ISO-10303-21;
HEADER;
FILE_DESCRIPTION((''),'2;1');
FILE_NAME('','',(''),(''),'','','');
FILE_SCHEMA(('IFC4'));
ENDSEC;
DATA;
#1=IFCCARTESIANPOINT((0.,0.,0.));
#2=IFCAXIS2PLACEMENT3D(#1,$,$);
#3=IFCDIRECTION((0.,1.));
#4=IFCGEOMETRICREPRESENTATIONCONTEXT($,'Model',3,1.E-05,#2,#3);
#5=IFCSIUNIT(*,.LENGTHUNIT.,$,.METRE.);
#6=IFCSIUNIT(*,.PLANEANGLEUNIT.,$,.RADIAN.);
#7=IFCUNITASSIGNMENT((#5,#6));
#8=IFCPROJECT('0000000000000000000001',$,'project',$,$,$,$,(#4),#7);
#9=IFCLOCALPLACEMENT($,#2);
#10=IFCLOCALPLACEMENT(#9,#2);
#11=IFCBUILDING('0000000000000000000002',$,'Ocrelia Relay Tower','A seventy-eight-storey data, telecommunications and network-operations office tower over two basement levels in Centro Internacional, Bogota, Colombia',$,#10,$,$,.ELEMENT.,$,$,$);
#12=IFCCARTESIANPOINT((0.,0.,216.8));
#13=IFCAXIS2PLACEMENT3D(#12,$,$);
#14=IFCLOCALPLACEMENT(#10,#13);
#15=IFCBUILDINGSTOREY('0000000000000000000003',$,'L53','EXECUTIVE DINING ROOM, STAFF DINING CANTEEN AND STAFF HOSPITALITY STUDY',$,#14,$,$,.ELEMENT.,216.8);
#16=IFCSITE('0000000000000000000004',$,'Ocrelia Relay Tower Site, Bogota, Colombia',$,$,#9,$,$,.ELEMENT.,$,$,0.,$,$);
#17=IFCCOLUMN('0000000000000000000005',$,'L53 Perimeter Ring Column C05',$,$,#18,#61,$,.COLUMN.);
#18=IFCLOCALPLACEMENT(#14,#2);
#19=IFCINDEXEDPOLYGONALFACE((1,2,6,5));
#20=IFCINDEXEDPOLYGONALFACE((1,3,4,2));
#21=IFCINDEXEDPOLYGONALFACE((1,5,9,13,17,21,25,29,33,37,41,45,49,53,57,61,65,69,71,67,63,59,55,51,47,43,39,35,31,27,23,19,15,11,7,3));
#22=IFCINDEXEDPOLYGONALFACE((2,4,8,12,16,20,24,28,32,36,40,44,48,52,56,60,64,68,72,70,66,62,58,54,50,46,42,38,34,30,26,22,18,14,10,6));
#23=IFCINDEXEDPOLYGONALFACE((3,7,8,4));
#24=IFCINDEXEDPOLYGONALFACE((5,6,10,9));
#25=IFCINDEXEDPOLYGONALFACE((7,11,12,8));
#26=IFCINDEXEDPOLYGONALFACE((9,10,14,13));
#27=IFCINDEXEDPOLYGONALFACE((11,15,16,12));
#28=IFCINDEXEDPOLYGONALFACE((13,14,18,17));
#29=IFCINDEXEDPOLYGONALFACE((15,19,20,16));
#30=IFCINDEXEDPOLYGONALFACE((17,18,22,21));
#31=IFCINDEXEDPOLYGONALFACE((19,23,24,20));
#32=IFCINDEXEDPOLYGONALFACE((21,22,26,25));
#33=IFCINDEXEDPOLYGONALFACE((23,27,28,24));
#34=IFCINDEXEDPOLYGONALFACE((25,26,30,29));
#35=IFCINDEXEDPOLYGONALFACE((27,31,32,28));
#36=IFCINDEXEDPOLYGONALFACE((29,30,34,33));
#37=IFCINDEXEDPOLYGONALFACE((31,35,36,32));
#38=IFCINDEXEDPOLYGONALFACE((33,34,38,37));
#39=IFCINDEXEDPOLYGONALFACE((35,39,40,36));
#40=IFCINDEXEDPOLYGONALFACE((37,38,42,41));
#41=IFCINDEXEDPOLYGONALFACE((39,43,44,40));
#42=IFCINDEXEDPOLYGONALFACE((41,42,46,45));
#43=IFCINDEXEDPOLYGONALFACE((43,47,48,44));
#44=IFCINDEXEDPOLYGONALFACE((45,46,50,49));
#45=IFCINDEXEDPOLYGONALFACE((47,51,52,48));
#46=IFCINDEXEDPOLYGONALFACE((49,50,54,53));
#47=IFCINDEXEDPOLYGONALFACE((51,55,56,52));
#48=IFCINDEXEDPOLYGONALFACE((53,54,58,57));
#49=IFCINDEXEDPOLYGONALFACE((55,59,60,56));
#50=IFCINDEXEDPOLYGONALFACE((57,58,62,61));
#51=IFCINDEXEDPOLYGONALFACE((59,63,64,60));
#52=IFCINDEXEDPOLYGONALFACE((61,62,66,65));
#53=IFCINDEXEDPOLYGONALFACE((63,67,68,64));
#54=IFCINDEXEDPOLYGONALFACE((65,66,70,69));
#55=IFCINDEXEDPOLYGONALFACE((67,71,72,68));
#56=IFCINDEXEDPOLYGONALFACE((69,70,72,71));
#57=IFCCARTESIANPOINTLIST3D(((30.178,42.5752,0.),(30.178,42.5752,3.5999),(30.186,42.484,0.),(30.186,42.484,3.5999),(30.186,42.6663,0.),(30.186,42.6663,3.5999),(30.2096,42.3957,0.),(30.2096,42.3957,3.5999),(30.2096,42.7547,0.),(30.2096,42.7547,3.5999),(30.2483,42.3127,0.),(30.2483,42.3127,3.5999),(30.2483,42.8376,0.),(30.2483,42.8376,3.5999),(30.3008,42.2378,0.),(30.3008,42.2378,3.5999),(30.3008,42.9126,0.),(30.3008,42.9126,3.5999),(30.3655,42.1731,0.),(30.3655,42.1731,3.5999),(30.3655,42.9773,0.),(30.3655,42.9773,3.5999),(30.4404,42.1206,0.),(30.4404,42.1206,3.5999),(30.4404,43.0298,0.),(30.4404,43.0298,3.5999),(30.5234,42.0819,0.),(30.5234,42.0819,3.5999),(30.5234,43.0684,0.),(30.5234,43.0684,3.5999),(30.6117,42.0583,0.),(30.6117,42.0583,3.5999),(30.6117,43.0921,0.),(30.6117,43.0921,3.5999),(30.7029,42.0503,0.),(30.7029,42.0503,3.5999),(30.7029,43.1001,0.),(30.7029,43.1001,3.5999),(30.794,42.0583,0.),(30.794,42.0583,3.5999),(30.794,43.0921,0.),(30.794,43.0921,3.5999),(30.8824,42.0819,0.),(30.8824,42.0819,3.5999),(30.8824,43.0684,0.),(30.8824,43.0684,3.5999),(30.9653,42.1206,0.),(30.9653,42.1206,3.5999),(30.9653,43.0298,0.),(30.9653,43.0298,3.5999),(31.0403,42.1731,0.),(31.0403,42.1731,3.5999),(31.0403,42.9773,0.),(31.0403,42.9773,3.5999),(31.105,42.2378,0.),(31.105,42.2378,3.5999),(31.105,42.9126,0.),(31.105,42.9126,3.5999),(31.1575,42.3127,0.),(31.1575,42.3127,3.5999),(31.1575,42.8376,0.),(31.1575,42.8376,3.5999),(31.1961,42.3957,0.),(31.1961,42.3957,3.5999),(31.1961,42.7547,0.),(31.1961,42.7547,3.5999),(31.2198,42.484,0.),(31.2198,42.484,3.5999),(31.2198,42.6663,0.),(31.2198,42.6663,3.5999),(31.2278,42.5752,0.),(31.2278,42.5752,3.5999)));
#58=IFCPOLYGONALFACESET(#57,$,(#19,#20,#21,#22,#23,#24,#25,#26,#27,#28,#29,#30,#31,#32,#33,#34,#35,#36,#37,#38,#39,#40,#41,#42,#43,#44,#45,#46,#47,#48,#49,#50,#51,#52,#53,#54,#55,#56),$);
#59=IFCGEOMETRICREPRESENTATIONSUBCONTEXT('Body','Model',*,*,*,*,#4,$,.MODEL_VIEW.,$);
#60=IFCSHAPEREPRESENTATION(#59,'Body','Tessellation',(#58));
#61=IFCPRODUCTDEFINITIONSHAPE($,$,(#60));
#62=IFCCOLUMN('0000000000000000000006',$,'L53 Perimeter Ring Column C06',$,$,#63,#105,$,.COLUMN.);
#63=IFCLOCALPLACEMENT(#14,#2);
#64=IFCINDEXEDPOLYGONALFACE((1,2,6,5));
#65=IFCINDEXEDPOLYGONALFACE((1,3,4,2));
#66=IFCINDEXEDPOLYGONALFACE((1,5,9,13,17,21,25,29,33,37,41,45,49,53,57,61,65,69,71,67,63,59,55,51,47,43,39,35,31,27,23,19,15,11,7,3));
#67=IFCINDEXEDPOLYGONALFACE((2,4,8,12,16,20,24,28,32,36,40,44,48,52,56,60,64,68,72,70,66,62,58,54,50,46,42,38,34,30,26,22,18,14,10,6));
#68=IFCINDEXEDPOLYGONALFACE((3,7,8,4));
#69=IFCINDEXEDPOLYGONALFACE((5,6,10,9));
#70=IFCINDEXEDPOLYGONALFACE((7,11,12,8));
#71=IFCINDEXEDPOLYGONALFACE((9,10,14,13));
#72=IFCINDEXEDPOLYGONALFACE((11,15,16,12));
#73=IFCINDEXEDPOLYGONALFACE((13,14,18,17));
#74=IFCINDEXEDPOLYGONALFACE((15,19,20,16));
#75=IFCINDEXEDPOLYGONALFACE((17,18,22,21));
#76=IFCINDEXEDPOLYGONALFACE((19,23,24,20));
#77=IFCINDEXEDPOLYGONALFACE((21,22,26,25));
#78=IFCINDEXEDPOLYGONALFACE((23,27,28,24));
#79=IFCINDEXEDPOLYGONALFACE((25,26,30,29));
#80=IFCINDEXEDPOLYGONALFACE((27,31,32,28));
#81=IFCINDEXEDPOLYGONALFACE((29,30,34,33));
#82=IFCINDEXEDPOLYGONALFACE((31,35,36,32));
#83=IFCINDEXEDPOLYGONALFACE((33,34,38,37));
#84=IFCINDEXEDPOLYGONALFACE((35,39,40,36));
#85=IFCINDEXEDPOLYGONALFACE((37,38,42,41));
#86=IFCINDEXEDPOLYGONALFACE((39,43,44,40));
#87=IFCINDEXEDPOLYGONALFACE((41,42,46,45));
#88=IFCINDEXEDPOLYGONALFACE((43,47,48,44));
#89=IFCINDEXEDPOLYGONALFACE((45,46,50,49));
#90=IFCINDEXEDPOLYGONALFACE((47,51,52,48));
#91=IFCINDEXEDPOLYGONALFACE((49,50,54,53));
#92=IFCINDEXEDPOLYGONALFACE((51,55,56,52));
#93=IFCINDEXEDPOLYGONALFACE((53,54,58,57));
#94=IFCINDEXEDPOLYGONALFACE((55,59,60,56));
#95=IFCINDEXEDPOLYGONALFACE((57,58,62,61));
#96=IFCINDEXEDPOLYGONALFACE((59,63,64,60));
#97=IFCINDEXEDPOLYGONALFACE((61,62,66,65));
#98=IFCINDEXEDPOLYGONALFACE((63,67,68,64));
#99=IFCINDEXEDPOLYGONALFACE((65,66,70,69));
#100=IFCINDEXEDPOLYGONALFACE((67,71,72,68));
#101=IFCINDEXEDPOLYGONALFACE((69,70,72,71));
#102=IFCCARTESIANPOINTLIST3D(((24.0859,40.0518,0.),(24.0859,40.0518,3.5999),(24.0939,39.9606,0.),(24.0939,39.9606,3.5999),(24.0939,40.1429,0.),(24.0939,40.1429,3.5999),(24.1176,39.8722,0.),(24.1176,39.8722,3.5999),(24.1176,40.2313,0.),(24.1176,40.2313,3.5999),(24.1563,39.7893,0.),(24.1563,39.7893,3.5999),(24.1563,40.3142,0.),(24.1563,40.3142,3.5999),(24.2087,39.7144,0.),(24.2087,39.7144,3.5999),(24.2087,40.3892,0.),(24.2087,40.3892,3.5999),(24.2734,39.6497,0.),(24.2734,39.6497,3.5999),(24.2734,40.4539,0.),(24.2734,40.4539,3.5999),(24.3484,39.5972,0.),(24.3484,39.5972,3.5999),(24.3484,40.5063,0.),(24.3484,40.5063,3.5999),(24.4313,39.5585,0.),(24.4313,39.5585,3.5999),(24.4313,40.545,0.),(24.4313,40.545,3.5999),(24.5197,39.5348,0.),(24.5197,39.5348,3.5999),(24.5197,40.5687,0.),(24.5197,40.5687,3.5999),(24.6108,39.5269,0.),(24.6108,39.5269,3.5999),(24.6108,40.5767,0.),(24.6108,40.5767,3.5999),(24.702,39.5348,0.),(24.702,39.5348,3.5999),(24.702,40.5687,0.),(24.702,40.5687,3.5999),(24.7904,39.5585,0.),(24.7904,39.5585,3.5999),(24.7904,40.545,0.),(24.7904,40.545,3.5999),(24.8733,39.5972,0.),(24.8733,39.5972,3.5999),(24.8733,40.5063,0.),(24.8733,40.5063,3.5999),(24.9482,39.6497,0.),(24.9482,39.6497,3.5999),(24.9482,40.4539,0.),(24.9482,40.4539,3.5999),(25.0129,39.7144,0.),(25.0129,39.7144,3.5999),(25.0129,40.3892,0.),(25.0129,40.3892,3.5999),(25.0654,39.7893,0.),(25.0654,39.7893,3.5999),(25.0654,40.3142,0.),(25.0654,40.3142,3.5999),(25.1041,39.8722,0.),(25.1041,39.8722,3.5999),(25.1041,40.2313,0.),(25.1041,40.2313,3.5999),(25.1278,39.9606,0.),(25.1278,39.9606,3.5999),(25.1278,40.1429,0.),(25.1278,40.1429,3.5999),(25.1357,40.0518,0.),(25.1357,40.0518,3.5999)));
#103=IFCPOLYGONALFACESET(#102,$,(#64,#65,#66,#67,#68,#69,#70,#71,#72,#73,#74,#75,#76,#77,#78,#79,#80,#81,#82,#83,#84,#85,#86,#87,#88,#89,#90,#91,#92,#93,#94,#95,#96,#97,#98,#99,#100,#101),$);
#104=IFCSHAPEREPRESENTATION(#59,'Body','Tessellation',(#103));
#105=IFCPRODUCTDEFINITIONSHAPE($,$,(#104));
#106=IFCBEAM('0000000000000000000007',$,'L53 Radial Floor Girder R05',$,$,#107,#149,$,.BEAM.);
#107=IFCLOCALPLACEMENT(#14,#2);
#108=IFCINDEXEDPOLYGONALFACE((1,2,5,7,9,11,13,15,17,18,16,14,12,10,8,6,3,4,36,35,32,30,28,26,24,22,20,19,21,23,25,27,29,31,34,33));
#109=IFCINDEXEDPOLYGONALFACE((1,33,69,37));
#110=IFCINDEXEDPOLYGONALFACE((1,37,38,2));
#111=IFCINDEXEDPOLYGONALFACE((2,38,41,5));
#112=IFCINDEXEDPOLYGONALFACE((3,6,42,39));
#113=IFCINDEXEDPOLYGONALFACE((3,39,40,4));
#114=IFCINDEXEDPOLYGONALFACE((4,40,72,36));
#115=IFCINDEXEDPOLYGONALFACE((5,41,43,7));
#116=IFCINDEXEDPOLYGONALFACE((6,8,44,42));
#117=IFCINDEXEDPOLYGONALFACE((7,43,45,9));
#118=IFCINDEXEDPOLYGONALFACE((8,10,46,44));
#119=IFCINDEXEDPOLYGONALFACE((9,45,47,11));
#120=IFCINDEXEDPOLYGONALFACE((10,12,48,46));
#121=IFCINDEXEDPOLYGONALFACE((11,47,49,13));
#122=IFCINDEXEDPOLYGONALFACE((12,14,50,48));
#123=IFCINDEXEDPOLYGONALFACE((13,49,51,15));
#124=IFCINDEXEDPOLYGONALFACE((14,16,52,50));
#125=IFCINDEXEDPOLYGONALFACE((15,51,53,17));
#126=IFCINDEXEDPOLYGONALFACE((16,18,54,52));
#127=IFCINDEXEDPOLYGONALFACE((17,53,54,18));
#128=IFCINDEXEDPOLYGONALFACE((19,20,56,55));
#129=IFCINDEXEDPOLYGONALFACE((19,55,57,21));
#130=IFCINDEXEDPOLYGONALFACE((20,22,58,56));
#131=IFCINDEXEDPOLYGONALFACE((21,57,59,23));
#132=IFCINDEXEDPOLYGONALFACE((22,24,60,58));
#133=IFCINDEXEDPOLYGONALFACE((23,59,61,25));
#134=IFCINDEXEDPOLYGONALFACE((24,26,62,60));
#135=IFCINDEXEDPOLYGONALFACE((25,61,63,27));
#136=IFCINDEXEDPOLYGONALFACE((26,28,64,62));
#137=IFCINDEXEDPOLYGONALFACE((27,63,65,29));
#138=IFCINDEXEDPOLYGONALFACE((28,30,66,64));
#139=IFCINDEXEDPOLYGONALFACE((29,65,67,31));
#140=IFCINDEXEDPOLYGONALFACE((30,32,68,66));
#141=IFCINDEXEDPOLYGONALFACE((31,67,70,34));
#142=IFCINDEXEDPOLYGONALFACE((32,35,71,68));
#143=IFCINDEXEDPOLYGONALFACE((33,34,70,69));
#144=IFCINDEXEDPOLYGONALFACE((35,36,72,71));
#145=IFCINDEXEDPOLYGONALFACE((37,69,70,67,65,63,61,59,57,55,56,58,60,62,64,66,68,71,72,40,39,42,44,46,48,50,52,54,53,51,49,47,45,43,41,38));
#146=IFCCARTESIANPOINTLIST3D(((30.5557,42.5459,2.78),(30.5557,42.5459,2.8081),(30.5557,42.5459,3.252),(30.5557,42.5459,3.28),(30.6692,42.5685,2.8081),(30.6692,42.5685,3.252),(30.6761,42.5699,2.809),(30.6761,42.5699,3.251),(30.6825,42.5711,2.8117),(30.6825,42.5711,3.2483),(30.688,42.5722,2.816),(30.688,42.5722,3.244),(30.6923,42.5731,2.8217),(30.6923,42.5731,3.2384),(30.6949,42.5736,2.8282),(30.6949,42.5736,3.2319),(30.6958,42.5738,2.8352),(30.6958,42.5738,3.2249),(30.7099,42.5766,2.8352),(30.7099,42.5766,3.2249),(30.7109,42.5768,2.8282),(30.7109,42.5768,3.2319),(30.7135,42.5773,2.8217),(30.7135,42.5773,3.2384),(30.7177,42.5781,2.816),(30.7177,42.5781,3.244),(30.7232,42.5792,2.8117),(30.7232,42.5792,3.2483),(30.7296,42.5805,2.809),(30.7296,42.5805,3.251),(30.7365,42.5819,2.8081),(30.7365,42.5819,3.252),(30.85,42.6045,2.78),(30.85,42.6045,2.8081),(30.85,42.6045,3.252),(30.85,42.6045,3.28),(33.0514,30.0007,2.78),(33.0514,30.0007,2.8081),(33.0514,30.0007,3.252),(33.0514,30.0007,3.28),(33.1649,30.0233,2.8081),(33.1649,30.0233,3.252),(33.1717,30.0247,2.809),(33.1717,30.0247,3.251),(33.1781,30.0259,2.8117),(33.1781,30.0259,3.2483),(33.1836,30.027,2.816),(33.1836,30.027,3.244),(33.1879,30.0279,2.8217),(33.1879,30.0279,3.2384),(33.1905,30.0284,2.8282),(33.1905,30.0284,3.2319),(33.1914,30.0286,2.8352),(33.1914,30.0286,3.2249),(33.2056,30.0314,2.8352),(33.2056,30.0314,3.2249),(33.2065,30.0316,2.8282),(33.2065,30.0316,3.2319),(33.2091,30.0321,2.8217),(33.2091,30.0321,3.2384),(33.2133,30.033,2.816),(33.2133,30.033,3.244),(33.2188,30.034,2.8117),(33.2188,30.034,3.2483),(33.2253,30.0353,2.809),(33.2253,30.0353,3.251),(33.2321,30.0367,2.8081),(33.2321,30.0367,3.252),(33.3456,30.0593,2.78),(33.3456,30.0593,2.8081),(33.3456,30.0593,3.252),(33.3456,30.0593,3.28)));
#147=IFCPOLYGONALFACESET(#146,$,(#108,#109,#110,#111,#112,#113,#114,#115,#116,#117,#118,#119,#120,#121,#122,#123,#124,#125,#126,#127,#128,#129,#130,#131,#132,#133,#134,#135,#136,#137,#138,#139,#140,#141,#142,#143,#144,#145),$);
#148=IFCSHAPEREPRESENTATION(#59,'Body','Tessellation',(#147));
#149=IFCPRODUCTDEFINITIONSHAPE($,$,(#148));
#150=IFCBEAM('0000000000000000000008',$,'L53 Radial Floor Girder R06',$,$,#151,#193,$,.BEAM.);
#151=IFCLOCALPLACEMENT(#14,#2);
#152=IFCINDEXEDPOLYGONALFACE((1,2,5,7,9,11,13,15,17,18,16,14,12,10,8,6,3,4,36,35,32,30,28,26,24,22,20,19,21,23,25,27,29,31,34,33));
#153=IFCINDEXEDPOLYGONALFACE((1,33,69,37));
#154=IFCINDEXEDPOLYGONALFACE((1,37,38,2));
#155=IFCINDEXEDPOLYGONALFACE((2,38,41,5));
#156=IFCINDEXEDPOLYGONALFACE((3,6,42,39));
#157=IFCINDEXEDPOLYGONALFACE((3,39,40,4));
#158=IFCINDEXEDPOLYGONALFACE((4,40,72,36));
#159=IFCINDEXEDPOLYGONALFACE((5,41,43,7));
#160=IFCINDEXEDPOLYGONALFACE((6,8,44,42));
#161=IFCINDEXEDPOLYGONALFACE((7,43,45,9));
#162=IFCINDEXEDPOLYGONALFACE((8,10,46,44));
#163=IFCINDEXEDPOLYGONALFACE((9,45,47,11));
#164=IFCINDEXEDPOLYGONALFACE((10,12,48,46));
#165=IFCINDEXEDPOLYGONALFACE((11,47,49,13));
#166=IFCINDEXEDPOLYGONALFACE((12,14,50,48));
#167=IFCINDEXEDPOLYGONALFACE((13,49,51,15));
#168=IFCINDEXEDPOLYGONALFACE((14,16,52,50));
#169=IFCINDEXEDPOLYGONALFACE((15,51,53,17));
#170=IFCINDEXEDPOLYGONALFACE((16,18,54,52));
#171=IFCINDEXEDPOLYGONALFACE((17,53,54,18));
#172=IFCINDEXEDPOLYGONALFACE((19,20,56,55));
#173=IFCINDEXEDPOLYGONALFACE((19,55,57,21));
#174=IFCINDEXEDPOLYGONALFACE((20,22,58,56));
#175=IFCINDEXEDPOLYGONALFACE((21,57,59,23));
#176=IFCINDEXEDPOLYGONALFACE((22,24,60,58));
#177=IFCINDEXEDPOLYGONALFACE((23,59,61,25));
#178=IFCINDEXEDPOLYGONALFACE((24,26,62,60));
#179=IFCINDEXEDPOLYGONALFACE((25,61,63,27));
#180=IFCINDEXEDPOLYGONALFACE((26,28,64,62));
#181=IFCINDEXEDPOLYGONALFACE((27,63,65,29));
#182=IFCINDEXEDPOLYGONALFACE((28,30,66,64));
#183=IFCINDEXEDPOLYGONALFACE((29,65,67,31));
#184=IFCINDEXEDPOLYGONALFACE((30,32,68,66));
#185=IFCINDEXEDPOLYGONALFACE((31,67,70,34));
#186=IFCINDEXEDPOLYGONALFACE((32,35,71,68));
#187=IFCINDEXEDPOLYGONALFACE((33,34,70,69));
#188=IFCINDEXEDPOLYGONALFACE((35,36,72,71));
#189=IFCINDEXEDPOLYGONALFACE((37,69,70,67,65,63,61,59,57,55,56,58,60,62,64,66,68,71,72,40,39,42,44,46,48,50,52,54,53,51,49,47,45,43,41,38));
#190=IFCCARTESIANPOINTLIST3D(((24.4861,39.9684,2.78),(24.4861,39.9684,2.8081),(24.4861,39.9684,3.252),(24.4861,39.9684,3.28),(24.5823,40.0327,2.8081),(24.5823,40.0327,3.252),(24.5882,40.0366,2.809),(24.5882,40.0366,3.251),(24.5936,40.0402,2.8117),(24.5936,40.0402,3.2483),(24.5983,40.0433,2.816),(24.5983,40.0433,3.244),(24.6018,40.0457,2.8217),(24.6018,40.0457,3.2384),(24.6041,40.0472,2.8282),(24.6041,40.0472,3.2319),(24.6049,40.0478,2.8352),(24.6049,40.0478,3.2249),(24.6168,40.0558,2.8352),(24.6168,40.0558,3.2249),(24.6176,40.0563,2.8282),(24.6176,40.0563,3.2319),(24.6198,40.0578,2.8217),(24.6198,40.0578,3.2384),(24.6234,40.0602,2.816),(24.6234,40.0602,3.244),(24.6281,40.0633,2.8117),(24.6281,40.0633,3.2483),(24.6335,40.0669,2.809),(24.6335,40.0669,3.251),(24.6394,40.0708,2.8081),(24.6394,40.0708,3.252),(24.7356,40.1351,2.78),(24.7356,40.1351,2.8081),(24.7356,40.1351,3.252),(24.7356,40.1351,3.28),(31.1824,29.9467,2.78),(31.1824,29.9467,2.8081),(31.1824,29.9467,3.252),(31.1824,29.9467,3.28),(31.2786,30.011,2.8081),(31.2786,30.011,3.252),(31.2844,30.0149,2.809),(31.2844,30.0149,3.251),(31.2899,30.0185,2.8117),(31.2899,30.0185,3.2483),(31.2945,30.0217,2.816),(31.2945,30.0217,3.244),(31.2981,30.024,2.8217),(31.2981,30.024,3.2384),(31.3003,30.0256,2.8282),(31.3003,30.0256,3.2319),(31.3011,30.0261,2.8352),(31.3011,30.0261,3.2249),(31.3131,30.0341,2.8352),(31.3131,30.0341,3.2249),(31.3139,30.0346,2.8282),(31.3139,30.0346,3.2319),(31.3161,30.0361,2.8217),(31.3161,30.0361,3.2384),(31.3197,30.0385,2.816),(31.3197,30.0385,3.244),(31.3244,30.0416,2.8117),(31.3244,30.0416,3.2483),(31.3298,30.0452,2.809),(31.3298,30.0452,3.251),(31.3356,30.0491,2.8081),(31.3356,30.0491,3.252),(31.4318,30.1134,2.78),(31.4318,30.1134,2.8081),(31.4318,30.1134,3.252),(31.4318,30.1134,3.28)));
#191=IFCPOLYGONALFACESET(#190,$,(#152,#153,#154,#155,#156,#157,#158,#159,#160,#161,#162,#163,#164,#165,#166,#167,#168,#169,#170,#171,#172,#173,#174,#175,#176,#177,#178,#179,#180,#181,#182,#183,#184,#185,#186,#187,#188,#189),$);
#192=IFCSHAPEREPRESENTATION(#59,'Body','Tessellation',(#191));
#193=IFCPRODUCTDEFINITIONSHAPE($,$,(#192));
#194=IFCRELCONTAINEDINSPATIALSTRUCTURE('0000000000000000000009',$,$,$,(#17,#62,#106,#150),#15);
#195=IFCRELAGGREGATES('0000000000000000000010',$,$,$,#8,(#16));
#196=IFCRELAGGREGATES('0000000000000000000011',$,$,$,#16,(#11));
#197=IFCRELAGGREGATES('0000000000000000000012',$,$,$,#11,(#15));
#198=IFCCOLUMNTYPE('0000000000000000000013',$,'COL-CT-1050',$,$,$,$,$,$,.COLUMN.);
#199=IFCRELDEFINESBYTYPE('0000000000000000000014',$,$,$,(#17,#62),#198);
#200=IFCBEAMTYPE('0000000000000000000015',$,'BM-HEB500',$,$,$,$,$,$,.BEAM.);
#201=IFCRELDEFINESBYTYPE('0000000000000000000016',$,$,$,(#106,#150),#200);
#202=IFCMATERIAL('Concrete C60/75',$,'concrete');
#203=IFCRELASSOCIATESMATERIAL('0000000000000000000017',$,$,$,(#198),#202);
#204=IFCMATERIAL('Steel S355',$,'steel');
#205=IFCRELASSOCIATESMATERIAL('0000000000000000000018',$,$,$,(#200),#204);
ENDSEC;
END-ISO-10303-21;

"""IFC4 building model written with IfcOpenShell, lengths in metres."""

from ifc_helpers import new_model, si_unit, direction, frame, origin, origin_2d, place, context, subcontext, project, spatial, circle, i_section, extrude, material, material_profile, profile_set, type_object, element, save


model = new_model("IFC4")

# Units and contexts
model_context = context("Model", 3, precision=1e-05, world=origin(), true_north=direction((0.0, 1.0)))
body_context = subcontext(model_context, "Body", "Model", "MODEL_VIEW")
ifc_project = project(units=[si_unit("LENGTHUNIT", "METRE"), si_unit("PLANEANGLEUNIT", "RADIAN")], contexts=[model_context])

# Site, building, storey
site_placement = place(None, origin())
site = spatial("IfcSite", under=ifc_project, at=site_placement, Name="Ocrelia Relay Tower Site, Bogota, Colombia", CompositionType="ELEMENT", RefElevation=0.0)
building_placement = place(site_placement, origin())
building = spatial("IfcBuilding", under=site, at=building_placement, Name="Ocrelia Relay Tower", Description="A seventy-eight-storey data, telecommunications and network-operations office tower over two basement levels in Centro Internacional, Bogota, Colombia", CompositionType="ELEMENT")
storey_placement = place(building_placement, frame((0.0, 0.0, 216.8)))
storey = spatial("IfcBuildingStorey", under=building, at=storey_placement, Name="L53", Description="EXECUTIVE DINING ROOM, STAFF DINING CANTEEN AND STAFF HOSPITALITY STUDY", CompositionType="ELEMENT", Elevation=216.8)

# Columns
ifc_material_1 = material(Name="Concrete C60/75", Category="concrete")
ifc_material_profile_1 = material_profile(ifc_material_1, circle(Radius=0.5249, at=origin_2d()), Name="RC-CIR-1050")
ifc_profile_set_1 = profile_set([ifc_material_profile_1], Name="Concrete C60/75")
column_type = type_object("IfcColumnType", Name="COL-CT-1050", PredefinedType="COLUMN", material=ifc_profile_set_1)
for number, where, z_axis, x_axis, name in (
    (1, (30.7029, 42.5752, 0.0), (0.0, 0.0, 1.0), (1.0, 0.0, 0.0), "L53 Perimeter Ring Column C05"),
    (2, (24.6108, 40.0518, 0.0), (0.0, 0.0, 1.0), (1.0, 0.0, 0.0), "L53 Perimeter Ring Column C06"),
):
    element("IfcColumn", number, at=place(storey_placement, frame(where, z_axis=z_axis, x_axis=x_axis)), inside=storey, type_object=column_type, Name=name, PredefinedType="COLUMN", context=body_context, shape_type="SweptSolid", body=[
        extrude(circle(Radius=0.5249, at=origin_2d()), origin(), (0.0, 0.0, 1.0), 3.5999),
    ])

# Beams
ifc_material_2 = material(Name="Steel S355", Category="steel")
ifc_material_profile_2 = material_profile(ifc_material_2, i_section(OverallWidth=0.3, OverallDepth=0.5, WebThickness=0.0144, FlangeThickness=0.0281, FilletRadius=0.0271, at=origin_2d()), Name="HEB 500")
ifc_profile_set_2 = profile_set([ifc_material_profile_2], Name="Steel S355")
beam_type_1 = type_object("IfcBeamType", Name="BM-HEB500", PredefinedType="BEAM", material=ifc_profile_set_2)
beam_1_placement = place(storey_placement, frame((30.7029, 42.5752, 3.03), z_axis=(0.195107, -0.980782, 0.0), x_axis=(0.980782, 0.195107, 0.0)))
element("IfcBeam", 3, at=beam_1_placement, inside=storey, type_object=beam_type_1, Name="L53 Radial Floor Girder R05", PredefinedType="BEAM", context=body_context, shape_type="SweptSolid", body=[
    extrude(i_section(OverallWidth=0.3, OverallDepth=0.5, WebThickness=0.0144, FlangeThickness=0.0281, FilletRadius=0.0271, at=origin_2d()), origin(), (0.0, 0.0, 1.0), 12.791),
])
beam_2_placement = place(storey_placement, frame((24.6108, 40.0518, 3.03), z_axis=(0.555569, -0.83147, 0.0), x_axis=(0.83147, 0.555569, 0.0)))
element("IfcBeam", 4, at=beam_2_placement, inside=storey, type_object=beam_type_1, Name="L53 Radial Floor Girder R06", PredefinedType="BEAM", context=body_context, shape_type="SweptSolid", body=[
    extrude(i_section(OverallWidth=0.3, OverallDepth=0.5, WebThickness=0.0144, FlangeThickness=0.0281, FilletRadius=0.0271, at=origin_2d()), origin(), (0.0, 0.0, 1.0), 12.053),
])

save(model, "model.ifc")
